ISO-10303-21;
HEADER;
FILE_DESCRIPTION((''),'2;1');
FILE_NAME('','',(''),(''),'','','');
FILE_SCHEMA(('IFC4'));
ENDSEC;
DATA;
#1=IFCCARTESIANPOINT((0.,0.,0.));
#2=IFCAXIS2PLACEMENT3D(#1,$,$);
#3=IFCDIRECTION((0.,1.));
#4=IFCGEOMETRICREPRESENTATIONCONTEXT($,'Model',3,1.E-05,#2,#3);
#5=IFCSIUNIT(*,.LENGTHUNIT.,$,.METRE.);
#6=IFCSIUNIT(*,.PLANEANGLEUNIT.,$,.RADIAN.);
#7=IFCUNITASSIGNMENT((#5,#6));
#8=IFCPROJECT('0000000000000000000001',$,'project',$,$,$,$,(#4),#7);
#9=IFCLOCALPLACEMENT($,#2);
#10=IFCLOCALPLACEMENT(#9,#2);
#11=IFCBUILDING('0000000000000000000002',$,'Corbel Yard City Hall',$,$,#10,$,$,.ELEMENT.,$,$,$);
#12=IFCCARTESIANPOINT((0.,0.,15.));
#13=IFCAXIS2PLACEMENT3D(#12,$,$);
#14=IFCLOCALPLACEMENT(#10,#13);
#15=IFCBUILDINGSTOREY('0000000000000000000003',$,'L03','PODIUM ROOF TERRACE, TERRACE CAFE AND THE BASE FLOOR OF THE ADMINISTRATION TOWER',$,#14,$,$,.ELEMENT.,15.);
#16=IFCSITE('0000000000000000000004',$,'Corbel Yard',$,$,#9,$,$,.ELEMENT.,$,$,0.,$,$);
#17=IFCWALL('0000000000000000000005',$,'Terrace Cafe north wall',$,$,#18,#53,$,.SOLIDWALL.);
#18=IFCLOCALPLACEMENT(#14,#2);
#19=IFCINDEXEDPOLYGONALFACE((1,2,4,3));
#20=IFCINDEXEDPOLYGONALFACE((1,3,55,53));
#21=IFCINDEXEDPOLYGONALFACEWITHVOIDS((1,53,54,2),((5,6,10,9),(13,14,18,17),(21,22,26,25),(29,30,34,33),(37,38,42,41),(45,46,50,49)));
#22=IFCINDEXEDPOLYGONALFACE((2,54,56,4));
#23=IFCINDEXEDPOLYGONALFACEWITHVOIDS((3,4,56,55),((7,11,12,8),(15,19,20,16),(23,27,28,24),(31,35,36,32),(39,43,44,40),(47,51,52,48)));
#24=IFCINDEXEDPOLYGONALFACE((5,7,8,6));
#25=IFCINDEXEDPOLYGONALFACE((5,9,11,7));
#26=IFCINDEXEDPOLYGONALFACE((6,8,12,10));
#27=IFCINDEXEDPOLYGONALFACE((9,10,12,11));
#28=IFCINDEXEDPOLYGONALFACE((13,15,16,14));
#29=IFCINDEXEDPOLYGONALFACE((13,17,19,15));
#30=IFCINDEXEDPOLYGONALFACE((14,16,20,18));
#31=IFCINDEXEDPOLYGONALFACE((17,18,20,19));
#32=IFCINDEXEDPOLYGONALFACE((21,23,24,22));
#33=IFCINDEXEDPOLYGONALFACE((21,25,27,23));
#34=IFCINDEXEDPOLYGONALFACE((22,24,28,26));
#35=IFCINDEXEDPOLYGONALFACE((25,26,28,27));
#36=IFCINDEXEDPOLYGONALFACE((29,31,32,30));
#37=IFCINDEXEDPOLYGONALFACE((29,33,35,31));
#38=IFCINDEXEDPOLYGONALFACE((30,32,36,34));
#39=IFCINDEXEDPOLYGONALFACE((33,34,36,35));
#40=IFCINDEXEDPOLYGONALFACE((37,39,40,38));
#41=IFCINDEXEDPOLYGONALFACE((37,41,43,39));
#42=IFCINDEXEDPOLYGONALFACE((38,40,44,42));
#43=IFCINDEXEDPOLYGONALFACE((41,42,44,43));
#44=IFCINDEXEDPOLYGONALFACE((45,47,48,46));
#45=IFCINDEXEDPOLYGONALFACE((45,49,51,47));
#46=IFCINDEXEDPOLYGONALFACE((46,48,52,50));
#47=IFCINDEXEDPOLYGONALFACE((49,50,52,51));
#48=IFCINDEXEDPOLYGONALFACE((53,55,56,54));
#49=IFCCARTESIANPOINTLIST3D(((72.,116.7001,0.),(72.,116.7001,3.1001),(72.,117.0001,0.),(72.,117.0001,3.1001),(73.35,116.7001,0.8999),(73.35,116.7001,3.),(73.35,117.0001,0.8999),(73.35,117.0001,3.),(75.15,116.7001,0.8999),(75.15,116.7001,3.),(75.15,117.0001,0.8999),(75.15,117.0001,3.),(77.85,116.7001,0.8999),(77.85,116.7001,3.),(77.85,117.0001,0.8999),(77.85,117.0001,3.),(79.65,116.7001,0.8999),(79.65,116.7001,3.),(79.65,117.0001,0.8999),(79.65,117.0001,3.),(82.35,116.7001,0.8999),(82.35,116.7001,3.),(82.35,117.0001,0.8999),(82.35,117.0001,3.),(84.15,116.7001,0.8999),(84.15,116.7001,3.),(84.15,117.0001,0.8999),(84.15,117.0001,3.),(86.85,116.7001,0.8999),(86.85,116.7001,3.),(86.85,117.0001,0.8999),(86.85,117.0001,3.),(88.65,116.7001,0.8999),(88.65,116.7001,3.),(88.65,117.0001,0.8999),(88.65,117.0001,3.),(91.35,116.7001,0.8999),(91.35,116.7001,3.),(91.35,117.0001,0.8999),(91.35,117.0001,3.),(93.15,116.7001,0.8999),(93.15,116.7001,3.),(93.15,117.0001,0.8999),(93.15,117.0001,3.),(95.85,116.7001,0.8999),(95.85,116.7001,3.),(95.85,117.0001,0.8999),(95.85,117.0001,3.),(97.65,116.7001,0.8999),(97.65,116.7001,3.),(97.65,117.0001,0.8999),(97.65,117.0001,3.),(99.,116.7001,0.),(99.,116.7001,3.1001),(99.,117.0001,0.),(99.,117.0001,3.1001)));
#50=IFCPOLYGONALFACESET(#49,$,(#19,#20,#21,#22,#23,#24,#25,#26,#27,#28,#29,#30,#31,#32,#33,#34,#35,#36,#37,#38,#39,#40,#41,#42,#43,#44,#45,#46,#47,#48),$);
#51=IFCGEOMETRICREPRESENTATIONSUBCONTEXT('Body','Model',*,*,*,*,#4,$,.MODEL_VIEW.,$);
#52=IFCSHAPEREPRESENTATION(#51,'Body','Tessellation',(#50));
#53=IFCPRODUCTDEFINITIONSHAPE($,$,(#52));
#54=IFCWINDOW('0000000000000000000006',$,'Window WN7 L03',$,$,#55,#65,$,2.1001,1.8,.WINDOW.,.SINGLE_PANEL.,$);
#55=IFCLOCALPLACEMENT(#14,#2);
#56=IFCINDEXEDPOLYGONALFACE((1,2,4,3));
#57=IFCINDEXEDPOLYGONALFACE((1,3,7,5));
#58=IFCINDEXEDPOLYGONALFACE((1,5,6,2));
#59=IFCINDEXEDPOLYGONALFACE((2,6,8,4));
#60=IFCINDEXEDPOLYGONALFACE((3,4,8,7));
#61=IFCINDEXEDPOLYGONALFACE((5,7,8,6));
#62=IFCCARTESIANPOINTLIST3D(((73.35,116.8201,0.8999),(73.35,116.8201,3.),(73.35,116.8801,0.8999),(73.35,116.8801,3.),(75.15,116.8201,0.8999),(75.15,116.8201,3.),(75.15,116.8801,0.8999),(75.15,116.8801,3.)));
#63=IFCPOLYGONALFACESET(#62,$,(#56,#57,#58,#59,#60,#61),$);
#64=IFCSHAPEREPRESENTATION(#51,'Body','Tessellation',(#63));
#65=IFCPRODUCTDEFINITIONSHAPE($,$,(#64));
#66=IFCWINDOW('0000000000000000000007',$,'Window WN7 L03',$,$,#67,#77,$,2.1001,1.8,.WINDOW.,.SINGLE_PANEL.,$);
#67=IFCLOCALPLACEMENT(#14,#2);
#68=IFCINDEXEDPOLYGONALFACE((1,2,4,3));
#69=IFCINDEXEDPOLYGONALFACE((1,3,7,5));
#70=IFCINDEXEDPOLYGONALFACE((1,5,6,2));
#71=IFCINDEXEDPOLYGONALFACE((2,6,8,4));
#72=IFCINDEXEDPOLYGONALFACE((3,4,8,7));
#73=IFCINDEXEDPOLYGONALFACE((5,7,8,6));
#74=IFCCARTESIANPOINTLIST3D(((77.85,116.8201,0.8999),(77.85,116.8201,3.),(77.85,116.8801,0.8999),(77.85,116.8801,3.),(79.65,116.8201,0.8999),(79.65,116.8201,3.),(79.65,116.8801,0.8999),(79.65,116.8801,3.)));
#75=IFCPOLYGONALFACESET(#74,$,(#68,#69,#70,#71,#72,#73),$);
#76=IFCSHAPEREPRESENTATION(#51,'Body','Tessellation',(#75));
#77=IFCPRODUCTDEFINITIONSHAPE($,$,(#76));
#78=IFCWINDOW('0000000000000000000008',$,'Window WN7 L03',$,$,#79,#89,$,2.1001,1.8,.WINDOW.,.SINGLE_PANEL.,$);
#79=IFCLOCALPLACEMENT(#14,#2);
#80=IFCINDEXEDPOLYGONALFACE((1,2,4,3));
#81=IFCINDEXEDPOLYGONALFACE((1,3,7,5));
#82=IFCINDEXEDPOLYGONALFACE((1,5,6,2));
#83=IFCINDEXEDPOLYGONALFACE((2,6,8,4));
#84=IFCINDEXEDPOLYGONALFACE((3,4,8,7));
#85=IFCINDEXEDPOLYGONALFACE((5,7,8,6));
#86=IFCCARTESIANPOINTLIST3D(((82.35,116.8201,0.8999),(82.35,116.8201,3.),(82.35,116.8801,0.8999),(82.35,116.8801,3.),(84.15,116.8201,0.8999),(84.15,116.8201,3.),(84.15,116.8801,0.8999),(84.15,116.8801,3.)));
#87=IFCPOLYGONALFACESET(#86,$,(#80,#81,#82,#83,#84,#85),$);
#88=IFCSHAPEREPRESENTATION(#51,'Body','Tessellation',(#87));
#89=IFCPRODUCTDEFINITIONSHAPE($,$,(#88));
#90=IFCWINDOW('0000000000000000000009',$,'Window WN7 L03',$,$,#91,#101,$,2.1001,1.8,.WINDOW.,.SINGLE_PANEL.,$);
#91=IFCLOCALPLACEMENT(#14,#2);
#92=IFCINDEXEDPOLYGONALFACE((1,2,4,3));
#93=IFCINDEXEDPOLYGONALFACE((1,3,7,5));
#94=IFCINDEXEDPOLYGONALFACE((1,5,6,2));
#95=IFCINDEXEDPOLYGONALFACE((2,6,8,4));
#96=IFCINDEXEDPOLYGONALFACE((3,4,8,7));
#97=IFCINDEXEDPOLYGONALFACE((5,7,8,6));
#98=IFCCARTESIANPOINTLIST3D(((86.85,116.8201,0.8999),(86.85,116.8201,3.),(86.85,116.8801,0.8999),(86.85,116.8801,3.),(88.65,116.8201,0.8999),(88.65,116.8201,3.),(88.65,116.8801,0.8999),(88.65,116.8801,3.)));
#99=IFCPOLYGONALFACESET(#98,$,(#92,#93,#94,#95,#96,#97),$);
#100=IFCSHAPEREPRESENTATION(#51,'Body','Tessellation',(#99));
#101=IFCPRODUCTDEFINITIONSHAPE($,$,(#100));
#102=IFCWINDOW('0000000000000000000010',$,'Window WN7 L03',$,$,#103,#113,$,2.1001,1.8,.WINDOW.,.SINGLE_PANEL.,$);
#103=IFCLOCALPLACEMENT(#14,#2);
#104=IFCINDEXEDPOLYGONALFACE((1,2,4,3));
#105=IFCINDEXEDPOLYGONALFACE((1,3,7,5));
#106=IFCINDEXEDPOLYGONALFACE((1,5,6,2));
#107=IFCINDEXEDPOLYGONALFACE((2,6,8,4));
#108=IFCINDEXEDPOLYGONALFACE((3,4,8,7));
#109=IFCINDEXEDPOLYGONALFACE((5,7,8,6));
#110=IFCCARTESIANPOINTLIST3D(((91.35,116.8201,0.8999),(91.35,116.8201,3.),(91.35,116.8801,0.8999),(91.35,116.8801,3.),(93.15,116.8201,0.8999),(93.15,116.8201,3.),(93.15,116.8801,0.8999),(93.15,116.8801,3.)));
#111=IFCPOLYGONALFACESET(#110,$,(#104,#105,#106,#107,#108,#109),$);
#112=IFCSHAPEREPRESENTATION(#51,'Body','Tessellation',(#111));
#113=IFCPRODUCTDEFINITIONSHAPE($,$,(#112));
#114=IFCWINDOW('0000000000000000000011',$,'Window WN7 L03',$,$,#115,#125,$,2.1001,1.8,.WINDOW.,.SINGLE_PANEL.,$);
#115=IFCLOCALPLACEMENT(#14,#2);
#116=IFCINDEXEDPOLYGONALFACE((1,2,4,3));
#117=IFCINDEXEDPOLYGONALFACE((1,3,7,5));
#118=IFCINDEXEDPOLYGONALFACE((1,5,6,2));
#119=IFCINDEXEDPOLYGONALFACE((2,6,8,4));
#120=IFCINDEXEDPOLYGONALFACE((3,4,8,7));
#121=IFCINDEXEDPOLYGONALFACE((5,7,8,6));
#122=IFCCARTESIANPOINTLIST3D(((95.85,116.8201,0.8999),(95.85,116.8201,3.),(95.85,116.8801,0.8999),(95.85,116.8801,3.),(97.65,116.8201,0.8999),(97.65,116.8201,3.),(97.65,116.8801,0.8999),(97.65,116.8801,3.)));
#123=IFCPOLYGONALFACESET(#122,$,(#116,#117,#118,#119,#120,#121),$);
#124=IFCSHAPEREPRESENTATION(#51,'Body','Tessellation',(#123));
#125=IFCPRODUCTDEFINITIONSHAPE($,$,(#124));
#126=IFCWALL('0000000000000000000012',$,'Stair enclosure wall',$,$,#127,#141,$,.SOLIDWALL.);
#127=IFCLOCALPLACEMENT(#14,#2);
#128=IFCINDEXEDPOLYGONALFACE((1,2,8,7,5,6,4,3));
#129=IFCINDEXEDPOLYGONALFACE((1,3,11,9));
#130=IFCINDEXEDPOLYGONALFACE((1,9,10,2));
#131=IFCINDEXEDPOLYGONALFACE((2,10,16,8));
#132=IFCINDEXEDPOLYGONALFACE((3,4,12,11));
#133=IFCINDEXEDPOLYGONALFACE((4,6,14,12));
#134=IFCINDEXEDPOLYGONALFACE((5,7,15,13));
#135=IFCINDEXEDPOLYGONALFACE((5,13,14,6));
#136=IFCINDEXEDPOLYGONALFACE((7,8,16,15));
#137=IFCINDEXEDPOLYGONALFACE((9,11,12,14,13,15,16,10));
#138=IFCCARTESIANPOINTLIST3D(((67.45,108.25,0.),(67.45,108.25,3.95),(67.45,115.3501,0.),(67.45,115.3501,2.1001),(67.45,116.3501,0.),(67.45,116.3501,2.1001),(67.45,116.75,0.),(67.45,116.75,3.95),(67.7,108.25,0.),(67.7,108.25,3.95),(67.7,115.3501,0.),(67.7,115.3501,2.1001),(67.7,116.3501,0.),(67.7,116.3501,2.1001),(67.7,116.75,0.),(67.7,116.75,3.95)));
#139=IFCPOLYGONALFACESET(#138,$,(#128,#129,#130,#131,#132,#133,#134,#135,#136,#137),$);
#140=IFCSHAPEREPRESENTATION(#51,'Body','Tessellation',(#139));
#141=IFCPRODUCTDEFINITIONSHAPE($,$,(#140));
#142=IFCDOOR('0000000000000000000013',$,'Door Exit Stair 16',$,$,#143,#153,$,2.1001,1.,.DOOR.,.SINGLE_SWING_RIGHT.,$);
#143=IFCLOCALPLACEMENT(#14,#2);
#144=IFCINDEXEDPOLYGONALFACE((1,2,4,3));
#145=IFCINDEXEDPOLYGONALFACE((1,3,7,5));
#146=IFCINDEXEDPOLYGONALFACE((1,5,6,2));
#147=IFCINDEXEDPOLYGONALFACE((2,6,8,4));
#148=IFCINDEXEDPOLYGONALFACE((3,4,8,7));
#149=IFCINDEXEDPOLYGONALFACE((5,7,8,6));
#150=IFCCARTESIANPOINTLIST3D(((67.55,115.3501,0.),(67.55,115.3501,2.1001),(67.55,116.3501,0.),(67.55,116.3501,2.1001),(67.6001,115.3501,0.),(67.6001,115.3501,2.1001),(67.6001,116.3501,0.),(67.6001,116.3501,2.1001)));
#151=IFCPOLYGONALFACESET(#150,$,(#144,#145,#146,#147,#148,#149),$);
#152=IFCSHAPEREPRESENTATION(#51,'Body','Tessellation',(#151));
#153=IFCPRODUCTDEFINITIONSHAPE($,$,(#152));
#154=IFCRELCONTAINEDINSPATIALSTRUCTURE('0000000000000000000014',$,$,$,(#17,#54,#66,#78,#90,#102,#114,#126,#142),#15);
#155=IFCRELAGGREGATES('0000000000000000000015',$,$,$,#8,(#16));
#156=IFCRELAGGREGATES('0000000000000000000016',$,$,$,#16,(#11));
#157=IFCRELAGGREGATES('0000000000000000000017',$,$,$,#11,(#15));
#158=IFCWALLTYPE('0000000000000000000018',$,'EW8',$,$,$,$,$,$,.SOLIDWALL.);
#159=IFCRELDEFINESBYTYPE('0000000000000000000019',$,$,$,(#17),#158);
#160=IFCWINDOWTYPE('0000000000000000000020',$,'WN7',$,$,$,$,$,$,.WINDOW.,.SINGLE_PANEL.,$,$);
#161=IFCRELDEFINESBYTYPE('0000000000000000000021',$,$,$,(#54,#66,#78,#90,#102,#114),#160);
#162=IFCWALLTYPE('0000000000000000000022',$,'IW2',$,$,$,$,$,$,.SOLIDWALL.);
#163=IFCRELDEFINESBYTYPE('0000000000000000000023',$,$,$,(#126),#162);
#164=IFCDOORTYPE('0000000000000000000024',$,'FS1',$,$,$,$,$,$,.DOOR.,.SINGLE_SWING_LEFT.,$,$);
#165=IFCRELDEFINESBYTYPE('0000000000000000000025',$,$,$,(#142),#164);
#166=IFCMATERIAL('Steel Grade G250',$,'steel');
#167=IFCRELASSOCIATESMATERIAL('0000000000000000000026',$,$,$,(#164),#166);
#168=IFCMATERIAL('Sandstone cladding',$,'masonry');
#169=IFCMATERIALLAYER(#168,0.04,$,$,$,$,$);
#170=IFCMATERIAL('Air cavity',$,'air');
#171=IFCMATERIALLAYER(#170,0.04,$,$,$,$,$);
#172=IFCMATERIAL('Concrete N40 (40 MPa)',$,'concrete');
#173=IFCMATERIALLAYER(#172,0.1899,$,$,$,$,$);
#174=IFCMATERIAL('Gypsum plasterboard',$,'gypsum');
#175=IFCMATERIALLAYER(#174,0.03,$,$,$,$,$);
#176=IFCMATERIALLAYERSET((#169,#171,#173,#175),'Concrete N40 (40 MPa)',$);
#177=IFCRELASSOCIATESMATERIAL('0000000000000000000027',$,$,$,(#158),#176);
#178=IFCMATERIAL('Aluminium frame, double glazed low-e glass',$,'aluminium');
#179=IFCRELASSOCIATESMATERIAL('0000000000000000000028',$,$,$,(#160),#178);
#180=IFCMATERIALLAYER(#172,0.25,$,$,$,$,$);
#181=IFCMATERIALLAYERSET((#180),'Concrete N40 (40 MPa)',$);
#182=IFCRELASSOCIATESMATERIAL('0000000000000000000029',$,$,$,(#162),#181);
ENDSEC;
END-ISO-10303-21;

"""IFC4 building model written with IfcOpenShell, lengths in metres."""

from ifc_helpers import new_model, si_unit, direction, frame, frame_2d, origin, place, context, subcontext, project, spatial, rectangle, extrude, material, layer, layer_set, type_object, element, fill, save


model = new_model("IFC4")

# Units and contexts
model_context = context("Model", 3, precision=1e-05, world=origin(), true_north=direction((0.0, 1.0)))
body_context = subcontext(model_context, "Body", "Model", "MODEL_VIEW")
ifc_project = project(units=[si_unit("LENGTHUNIT", "METRE"), si_unit("PLANEANGLEUNIT", "RADIAN")], contexts=[model_context])

# Site, building, storey
site_placement = place(None, origin())
site = spatial("IfcSite", under=ifc_project, at=site_placement, Name="Corbel Yard", CompositionType="ELEMENT", RefElevation=0.0)
building_placement = place(site_placement, origin())
building = spatial("IfcBuilding", under=site, at=building_placement, Name="Corbel Yard City Hall", CompositionType="ELEMENT")
storey_placement = place(building_placement, frame((0.0, 0.0, 15.0)))
storey = spatial("IfcBuildingStorey", under=building, at=storey_placement, Name="L03", Description="PODIUM ROOF TERRACE, TERRACE CAFE AND THE BASE FLOOR OF THE ADMINISTRATION TOWER", CompositionType="ELEMENT", Elevation=15.0)

# Shared definitions
ifc_material_1 = material(Name="Steel Grade G250", Category="steel")
door_type_1 = type_object("IfcDoorType", Name="FS1", OperationType="SINGLE_SWING_LEFT", PredefinedType="DOOR", material=ifc_material_1)

# Wall, openings, windows
ifc_material_2 = material(Name="Sandstone cladding", Category="masonry")
ifc_layer_1 = layer(ifc_material_2, 0.04)
ifc_material_3 = material(Name="Air cavity", Category="air")
ifc_layer_2 = layer(ifc_material_3, 0.04)
ifc_material_4 = material(Name="Concrete N40 (40 MPa)", Category="concrete")
ifc_layer_3 = layer(ifc_material_4, 0.1899)
ifc_material_5 = material(Name="Gypsum plasterboard", Category="gypsum")
ifc_layer_4 = layer(ifc_material_5, 0.03)
ifc_layer_set_1 = layer_set([ifc_layer_1, ifc_layer_2, ifc_layer_3, ifc_layer_4], Name="Concrete N40 (40 MPa)")
wall_type_1 = type_object("IfcWallType", Name="EW8", PredefinedType="SOLIDWALL", material=ifc_layer_set_1)
wall_1_placement = place(storey_placement, frame((72.0, 116.8501, 0.0), z_axis=(0.0, 0.0, 1.0), x_axis=(1.0, 0.0, 0.0)))
wall_1 = element("IfcWall", 1, at=wall_1_placement, inside=storey, type_object=wall_type_1, Name="Terrace Cafe north wall", PredefinedType="SOLIDWALL", context=body_context, shape_type="SweptSolid", body=[
    extrude(rectangle(XDim=27.0, YDim=0.3, at=frame_2d((13.5, 0.0))), origin(), (0.0, 0.0, 1.0), 3.1001),
])
opening_1_placement = place(wall_1_placement, frame((1.3501, 0.0, 0.8999)))
opening_1 = element("IfcOpeningElement", 2, at=opening_1_placement, cuts=wall_1, PredefinedType="OPENING", context=body_context, shape_type="SweptSolid", body=[
    extrude(rectangle(XDim=1.8, YDim=2.1001, at=frame_2d((0.8999, 1.05))), frame((0.0, 0.1599, 0.0), z_axis=(0.0, -1.0, 0.0), x_axis=(1.0, 0.0, 0.0)), (0.0, 0.0, 1.0), 0.3201),
])
opening_2_placement = place(wall_1_placement, frame((5.8501, 0.0, 0.8999)))
opening_2 = element("IfcOpeningElement", 3, at=opening_2_placement, cuts=wall_1, PredefinedType="OPENING", context=body_context, shape_type="SweptSolid", body=[
    extrude(rectangle(XDim=1.8, YDim=2.1001, at=frame_2d((0.8999, 1.05))), frame((0.0, 0.1599, 0.0), z_axis=(0.0, -1.0, 0.0), x_axis=(1.0, 0.0, 0.0)), (0.0, 0.0, 1.0), 0.3201),
])
opening_3_placement = place(wall_1_placement, frame((10.3501, 0.0, 0.8999)))
opening_3 = element("IfcOpeningElement", 4, at=opening_3_placement, cuts=wall_1, PredefinedType="OPENING", context=body_context, shape_type="SweptSolid", body=[
    extrude(rectangle(XDim=1.8, YDim=2.1001, at=frame_2d((0.8999, 1.05))), frame((0.0, 0.1599, 0.0), z_axis=(0.0, -1.0, 0.0), x_axis=(1.0, 0.0, 0.0)), (0.0, 0.0, 1.0), 0.3201),
])
opening_4_placement = place(wall_1_placement, frame((14.8501, 0.0, 0.8999)))
opening_4 = element("IfcOpeningElement", 5, at=opening_4_placement, cuts=wall_1, PredefinedType="OPENING", context=body_context, shape_type="SweptSolid", body=[
    extrude(rectangle(XDim=1.8, YDim=2.1001, at=frame_2d((0.8999, 1.05))), frame((0.0, 0.1599, 0.0), z_axis=(0.0, -1.0, 0.0), x_axis=(1.0, 0.0, 0.0)), (0.0, 0.0, 1.0), 0.3201),
])
opening_5_placement = place(wall_1_placement, frame((19.3501, 0.0, 0.8999)))
opening_5 = element("IfcOpeningElement", 6, at=opening_5_placement, cuts=wall_1, PredefinedType="OPENING", context=body_context, shape_type="SweptSolid", body=[
    extrude(rectangle(XDim=1.8, YDim=2.1001, at=frame_2d((0.8999, 1.05))), frame((0.0, 0.1599, 0.0), z_axis=(0.0, -1.0, 0.0), x_axis=(1.0, 0.0, 0.0)), (0.0, 0.0, 1.0), 0.3201),
])
opening_6_placement = place(wall_1_placement, frame((23.8501, 0.0, 0.8999)))
opening_6 = element("IfcOpeningElement", 7, at=opening_6_placement, cuts=wall_1, PredefinedType="OPENING", context=body_context, shape_type="SweptSolid", body=[
    extrude(rectangle(XDim=1.8, YDim=2.1001, at=frame_2d((0.8999, 1.05))), frame((0.0, 0.1599, 0.0), z_axis=(0.0, -1.0, 0.0), x_axis=(1.0, 0.0, 0.0)), (0.0, 0.0, 1.0), 0.3201),
])
ifc_material_6 = material(Name="Aluminium frame, double glazed low-e glass", Category="aluminium")
window_type = type_object("IfcWindowType", Name="WN7", PartitioningType="SINGLE_PANEL", PredefinedType="WINDOW", material=ifc_material_6)
window_1_placement = place(opening_1_placement, origin())
window_1 = element("IfcWindow", 8, at=window_1_placement, inside=storey, type_object=window_type, Name="Window WN7 L03", OverallHeight=2.1001, OverallWidth=1.8, PartitioningType="SINGLE_PANEL", PredefinedType="WINDOW", context=body_context, shape_type="SweptSolid", body=[
    extrude(rectangle(XDim=1.8, YDim=2.1001, at=frame_2d((0.8999, 1.05))), frame((0.0, 0.03, 0.0), z_axis=(0.0, -1.0, 0.0), x_axis=(1.0, 0.0, 0.0)), (0.0, 0.0, 1.0), 0.0601),
])
fill(opening_1, window_1)
window_2_placement = place(opening_2_placement, origin())
window_2 = element("IfcWindow", 9, at=window_2_placement, inside=storey, type_object=window_type, Name="Window WN7 L03", OverallHeight=2.1001, OverallWidth=1.8, PartitioningType="SINGLE_PANEL", PredefinedType="WINDOW", context=body_context, shape_type="SweptSolid", body=[
    extrude(rectangle(XDim=1.8, YDim=2.1001, at=frame_2d((0.8999, 1.05))), frame((0.0, 0.03, 0.0), z_axis=(0.0, -1.0, 0.0), x_axis=(1.0, 0.0, 0.0)), (0.0, 0.0, 1.0), 0.0601),
])
fill(opening_2, window_2)
window_3_placement = place(opening_3_placement, origin())
window_3 = element("IfcWindow", 10, at=window_3_placement, inside=storey, type_object=window_type, Name="Window WN7 L03", OverallHeight=2.1001, OverallWidth=1.8, PartitioningType="SINGLE_PANEL", PredefinedType="WINDOW", context=body_context, shape_type="SweptSolid", body=[
    extrude(rectangle(XDim=1.8, YDim=2.1001, at=frame_2d((0.8999, 1.05))), frame((0.0, 0.03, 0.0), z_axis=(0.0, -1.0, 0.0), x_axis=(1.0, 0.0, 0.0)), (0.0, 0.0, 1.0), 0.0601),
])
fill(opening_3, window_3)
window_4_placement = place(opening_4_placement, origin())
window_4 = element("IfcWindow", 11, at=window_4_placement, inside=storey, type_object=window_type, Name="Window WN7 L03", OverallHeight=2.1001, OverallWidth=1.8, PartitioningType="SINGLE_PANEL", PredefinedType="WINDOW", context=body_context, shape_type="SweptSolid", body=[
    extrude(rectangle(XDim=1.8, YDim=2.1001, at=frame_2d((0.8999, 1.05))), frame((0.0, 0.03, 0.0), z_axis=(0.0, -1.0, 0.0), x_axis=(1.0, 0.0, 0.0)), (0.0, 0.0, 1.0), 0.0601),
])
fill(opening_4, window_4)
window_5_placement = place(opening_5_placement, origin())
window_5 = element("IfcWindow", 12, at=window_5_placement, inside=storey, type_object=window_type, Name="Window WN7 L03", OverallHeight=2.1001, OverallWidth=1.8, PartitioningType="SINGLE_PANEL", PredefinedType="WINDOW", context=body_context, shape_type="SweptSolid", body=[
    extrude(rectangle(XDim=1.8, YDim=2.1001, at=frame_2d((0.8999, 1.05))), frame((0.0, 0.03, 0.0), z_axis=(0.0, -1.0, 0.0), x_axis=(1.0, 0.0, 0.0)), (0.0, 0.0, 1.0), 0.0601),
])
fill(opening_5, window_5)
window_6_placement = place(opening_6_placement, origin())
window_6 = element("IfcWindow", 13, at=window_6_placement, inside=storey, type_object=window_type, Name="Window WN7 L03", OverallHeight=2.1001, OverallWidth=1.8, PartitioningType="SINGLE_PANEL", PredefinedType="WINDOW", context=body_context, shape_type="SweptSolid", body=[
    extrude(rectangle(XDim=1.8, YDim=2.1001, at=frame_2d((0.8999, 1.05))), frame((0.0, 0.03, 0.0), z_axis=(0.0, -1.0, 0.0), x_axis=(1.0, 0.0, 0.0)), (0.0, 0.0, 1.0), 0.0601),
])
fill(opening_6, window_6)

# Wall, opening, door
ifc_layer_5 = layer(ifc_material_4, 0.25)
ifc_layer_set_2 = layer_set([ifc_layer_5], Name="Concrete N40 (40 MPa)")
wall_type_2 = type_object("IfcWallType", Name="IW2", PredefinedType="SOLIDWALL", material=ifc_layer_set_2)
wall_2_placement = place(storey_placement, frame((67.575, 116.75, 0.0), z_axis=(0.0, 0.0, 1.0), x_axis=(0.0, -1.0, 0.0)))
wall_2 = element("IfcWall", 14, at=wall_2_placement, inside=storey, type_object=wall_type_2, Name="Stair enclosure wall", PredefinedType="SOLIDWALL", context=body_context, shape_type="SweptSolid", body=[
    extrude(rectangle(XDim=8.5, YDim=0.25, at=frame_2d((4.25, 0.0))), origin(), (0.0, 0.0, 1.0), 3.95),
])
opening_7_placement = place(wall_2_placement, frame((0.3999, 0.0, 0.0)))
opening_7 = element("IfcOpeningElement", 15, at=opening_7_placement, cuts=wall_2, PredefinedType="OPENING", context=body_context, shape_type="SweptSolid", body=[
    extrude(rectangle(XDim=1.0, YDim=2.1001, at=frame_2d((0.5, 1.05))), frame((0.0, 0.135, 0.0), z_axis=(0.0, -1.0, 0.0), x_axis=(1.0, 0.0, 0.0)), (0.0, 0.0, 1.0), 0.27),
])
door_1_placement = place(opening_7_placement, frame((1.0, 0.0, 0.0), z_axis=(0.0, 0.0, 1.0), x_axis=(-1.0, 0.0, 0.0)))
door_1 = element("IfcDoor", 16, at=door_1_placement, inside=storey, type_object=door_type_1, Name="Door Exit Stair 16", OperationType="SINGLE_SWING_RIGHT", OverallHeight=2.1001, OverallWidth=1.0, PredefinedType="DOOR", context=body_context, shape_type="SweptSolid", body=[
    extrude(rectangle(XDim=1.0, YDim=2.1001, at=frame_2d((0.5, 1.05))), frame((0.0, 0.0249, 0.0), z_axis=(0.0, -1.0, 0.0), x_axis=(1.0, 0.0, 0.0)), (0.0, 0.0, 1.0), 0.05),
])
fill(opening_7, door_1)

save(model, "model.ifc")
